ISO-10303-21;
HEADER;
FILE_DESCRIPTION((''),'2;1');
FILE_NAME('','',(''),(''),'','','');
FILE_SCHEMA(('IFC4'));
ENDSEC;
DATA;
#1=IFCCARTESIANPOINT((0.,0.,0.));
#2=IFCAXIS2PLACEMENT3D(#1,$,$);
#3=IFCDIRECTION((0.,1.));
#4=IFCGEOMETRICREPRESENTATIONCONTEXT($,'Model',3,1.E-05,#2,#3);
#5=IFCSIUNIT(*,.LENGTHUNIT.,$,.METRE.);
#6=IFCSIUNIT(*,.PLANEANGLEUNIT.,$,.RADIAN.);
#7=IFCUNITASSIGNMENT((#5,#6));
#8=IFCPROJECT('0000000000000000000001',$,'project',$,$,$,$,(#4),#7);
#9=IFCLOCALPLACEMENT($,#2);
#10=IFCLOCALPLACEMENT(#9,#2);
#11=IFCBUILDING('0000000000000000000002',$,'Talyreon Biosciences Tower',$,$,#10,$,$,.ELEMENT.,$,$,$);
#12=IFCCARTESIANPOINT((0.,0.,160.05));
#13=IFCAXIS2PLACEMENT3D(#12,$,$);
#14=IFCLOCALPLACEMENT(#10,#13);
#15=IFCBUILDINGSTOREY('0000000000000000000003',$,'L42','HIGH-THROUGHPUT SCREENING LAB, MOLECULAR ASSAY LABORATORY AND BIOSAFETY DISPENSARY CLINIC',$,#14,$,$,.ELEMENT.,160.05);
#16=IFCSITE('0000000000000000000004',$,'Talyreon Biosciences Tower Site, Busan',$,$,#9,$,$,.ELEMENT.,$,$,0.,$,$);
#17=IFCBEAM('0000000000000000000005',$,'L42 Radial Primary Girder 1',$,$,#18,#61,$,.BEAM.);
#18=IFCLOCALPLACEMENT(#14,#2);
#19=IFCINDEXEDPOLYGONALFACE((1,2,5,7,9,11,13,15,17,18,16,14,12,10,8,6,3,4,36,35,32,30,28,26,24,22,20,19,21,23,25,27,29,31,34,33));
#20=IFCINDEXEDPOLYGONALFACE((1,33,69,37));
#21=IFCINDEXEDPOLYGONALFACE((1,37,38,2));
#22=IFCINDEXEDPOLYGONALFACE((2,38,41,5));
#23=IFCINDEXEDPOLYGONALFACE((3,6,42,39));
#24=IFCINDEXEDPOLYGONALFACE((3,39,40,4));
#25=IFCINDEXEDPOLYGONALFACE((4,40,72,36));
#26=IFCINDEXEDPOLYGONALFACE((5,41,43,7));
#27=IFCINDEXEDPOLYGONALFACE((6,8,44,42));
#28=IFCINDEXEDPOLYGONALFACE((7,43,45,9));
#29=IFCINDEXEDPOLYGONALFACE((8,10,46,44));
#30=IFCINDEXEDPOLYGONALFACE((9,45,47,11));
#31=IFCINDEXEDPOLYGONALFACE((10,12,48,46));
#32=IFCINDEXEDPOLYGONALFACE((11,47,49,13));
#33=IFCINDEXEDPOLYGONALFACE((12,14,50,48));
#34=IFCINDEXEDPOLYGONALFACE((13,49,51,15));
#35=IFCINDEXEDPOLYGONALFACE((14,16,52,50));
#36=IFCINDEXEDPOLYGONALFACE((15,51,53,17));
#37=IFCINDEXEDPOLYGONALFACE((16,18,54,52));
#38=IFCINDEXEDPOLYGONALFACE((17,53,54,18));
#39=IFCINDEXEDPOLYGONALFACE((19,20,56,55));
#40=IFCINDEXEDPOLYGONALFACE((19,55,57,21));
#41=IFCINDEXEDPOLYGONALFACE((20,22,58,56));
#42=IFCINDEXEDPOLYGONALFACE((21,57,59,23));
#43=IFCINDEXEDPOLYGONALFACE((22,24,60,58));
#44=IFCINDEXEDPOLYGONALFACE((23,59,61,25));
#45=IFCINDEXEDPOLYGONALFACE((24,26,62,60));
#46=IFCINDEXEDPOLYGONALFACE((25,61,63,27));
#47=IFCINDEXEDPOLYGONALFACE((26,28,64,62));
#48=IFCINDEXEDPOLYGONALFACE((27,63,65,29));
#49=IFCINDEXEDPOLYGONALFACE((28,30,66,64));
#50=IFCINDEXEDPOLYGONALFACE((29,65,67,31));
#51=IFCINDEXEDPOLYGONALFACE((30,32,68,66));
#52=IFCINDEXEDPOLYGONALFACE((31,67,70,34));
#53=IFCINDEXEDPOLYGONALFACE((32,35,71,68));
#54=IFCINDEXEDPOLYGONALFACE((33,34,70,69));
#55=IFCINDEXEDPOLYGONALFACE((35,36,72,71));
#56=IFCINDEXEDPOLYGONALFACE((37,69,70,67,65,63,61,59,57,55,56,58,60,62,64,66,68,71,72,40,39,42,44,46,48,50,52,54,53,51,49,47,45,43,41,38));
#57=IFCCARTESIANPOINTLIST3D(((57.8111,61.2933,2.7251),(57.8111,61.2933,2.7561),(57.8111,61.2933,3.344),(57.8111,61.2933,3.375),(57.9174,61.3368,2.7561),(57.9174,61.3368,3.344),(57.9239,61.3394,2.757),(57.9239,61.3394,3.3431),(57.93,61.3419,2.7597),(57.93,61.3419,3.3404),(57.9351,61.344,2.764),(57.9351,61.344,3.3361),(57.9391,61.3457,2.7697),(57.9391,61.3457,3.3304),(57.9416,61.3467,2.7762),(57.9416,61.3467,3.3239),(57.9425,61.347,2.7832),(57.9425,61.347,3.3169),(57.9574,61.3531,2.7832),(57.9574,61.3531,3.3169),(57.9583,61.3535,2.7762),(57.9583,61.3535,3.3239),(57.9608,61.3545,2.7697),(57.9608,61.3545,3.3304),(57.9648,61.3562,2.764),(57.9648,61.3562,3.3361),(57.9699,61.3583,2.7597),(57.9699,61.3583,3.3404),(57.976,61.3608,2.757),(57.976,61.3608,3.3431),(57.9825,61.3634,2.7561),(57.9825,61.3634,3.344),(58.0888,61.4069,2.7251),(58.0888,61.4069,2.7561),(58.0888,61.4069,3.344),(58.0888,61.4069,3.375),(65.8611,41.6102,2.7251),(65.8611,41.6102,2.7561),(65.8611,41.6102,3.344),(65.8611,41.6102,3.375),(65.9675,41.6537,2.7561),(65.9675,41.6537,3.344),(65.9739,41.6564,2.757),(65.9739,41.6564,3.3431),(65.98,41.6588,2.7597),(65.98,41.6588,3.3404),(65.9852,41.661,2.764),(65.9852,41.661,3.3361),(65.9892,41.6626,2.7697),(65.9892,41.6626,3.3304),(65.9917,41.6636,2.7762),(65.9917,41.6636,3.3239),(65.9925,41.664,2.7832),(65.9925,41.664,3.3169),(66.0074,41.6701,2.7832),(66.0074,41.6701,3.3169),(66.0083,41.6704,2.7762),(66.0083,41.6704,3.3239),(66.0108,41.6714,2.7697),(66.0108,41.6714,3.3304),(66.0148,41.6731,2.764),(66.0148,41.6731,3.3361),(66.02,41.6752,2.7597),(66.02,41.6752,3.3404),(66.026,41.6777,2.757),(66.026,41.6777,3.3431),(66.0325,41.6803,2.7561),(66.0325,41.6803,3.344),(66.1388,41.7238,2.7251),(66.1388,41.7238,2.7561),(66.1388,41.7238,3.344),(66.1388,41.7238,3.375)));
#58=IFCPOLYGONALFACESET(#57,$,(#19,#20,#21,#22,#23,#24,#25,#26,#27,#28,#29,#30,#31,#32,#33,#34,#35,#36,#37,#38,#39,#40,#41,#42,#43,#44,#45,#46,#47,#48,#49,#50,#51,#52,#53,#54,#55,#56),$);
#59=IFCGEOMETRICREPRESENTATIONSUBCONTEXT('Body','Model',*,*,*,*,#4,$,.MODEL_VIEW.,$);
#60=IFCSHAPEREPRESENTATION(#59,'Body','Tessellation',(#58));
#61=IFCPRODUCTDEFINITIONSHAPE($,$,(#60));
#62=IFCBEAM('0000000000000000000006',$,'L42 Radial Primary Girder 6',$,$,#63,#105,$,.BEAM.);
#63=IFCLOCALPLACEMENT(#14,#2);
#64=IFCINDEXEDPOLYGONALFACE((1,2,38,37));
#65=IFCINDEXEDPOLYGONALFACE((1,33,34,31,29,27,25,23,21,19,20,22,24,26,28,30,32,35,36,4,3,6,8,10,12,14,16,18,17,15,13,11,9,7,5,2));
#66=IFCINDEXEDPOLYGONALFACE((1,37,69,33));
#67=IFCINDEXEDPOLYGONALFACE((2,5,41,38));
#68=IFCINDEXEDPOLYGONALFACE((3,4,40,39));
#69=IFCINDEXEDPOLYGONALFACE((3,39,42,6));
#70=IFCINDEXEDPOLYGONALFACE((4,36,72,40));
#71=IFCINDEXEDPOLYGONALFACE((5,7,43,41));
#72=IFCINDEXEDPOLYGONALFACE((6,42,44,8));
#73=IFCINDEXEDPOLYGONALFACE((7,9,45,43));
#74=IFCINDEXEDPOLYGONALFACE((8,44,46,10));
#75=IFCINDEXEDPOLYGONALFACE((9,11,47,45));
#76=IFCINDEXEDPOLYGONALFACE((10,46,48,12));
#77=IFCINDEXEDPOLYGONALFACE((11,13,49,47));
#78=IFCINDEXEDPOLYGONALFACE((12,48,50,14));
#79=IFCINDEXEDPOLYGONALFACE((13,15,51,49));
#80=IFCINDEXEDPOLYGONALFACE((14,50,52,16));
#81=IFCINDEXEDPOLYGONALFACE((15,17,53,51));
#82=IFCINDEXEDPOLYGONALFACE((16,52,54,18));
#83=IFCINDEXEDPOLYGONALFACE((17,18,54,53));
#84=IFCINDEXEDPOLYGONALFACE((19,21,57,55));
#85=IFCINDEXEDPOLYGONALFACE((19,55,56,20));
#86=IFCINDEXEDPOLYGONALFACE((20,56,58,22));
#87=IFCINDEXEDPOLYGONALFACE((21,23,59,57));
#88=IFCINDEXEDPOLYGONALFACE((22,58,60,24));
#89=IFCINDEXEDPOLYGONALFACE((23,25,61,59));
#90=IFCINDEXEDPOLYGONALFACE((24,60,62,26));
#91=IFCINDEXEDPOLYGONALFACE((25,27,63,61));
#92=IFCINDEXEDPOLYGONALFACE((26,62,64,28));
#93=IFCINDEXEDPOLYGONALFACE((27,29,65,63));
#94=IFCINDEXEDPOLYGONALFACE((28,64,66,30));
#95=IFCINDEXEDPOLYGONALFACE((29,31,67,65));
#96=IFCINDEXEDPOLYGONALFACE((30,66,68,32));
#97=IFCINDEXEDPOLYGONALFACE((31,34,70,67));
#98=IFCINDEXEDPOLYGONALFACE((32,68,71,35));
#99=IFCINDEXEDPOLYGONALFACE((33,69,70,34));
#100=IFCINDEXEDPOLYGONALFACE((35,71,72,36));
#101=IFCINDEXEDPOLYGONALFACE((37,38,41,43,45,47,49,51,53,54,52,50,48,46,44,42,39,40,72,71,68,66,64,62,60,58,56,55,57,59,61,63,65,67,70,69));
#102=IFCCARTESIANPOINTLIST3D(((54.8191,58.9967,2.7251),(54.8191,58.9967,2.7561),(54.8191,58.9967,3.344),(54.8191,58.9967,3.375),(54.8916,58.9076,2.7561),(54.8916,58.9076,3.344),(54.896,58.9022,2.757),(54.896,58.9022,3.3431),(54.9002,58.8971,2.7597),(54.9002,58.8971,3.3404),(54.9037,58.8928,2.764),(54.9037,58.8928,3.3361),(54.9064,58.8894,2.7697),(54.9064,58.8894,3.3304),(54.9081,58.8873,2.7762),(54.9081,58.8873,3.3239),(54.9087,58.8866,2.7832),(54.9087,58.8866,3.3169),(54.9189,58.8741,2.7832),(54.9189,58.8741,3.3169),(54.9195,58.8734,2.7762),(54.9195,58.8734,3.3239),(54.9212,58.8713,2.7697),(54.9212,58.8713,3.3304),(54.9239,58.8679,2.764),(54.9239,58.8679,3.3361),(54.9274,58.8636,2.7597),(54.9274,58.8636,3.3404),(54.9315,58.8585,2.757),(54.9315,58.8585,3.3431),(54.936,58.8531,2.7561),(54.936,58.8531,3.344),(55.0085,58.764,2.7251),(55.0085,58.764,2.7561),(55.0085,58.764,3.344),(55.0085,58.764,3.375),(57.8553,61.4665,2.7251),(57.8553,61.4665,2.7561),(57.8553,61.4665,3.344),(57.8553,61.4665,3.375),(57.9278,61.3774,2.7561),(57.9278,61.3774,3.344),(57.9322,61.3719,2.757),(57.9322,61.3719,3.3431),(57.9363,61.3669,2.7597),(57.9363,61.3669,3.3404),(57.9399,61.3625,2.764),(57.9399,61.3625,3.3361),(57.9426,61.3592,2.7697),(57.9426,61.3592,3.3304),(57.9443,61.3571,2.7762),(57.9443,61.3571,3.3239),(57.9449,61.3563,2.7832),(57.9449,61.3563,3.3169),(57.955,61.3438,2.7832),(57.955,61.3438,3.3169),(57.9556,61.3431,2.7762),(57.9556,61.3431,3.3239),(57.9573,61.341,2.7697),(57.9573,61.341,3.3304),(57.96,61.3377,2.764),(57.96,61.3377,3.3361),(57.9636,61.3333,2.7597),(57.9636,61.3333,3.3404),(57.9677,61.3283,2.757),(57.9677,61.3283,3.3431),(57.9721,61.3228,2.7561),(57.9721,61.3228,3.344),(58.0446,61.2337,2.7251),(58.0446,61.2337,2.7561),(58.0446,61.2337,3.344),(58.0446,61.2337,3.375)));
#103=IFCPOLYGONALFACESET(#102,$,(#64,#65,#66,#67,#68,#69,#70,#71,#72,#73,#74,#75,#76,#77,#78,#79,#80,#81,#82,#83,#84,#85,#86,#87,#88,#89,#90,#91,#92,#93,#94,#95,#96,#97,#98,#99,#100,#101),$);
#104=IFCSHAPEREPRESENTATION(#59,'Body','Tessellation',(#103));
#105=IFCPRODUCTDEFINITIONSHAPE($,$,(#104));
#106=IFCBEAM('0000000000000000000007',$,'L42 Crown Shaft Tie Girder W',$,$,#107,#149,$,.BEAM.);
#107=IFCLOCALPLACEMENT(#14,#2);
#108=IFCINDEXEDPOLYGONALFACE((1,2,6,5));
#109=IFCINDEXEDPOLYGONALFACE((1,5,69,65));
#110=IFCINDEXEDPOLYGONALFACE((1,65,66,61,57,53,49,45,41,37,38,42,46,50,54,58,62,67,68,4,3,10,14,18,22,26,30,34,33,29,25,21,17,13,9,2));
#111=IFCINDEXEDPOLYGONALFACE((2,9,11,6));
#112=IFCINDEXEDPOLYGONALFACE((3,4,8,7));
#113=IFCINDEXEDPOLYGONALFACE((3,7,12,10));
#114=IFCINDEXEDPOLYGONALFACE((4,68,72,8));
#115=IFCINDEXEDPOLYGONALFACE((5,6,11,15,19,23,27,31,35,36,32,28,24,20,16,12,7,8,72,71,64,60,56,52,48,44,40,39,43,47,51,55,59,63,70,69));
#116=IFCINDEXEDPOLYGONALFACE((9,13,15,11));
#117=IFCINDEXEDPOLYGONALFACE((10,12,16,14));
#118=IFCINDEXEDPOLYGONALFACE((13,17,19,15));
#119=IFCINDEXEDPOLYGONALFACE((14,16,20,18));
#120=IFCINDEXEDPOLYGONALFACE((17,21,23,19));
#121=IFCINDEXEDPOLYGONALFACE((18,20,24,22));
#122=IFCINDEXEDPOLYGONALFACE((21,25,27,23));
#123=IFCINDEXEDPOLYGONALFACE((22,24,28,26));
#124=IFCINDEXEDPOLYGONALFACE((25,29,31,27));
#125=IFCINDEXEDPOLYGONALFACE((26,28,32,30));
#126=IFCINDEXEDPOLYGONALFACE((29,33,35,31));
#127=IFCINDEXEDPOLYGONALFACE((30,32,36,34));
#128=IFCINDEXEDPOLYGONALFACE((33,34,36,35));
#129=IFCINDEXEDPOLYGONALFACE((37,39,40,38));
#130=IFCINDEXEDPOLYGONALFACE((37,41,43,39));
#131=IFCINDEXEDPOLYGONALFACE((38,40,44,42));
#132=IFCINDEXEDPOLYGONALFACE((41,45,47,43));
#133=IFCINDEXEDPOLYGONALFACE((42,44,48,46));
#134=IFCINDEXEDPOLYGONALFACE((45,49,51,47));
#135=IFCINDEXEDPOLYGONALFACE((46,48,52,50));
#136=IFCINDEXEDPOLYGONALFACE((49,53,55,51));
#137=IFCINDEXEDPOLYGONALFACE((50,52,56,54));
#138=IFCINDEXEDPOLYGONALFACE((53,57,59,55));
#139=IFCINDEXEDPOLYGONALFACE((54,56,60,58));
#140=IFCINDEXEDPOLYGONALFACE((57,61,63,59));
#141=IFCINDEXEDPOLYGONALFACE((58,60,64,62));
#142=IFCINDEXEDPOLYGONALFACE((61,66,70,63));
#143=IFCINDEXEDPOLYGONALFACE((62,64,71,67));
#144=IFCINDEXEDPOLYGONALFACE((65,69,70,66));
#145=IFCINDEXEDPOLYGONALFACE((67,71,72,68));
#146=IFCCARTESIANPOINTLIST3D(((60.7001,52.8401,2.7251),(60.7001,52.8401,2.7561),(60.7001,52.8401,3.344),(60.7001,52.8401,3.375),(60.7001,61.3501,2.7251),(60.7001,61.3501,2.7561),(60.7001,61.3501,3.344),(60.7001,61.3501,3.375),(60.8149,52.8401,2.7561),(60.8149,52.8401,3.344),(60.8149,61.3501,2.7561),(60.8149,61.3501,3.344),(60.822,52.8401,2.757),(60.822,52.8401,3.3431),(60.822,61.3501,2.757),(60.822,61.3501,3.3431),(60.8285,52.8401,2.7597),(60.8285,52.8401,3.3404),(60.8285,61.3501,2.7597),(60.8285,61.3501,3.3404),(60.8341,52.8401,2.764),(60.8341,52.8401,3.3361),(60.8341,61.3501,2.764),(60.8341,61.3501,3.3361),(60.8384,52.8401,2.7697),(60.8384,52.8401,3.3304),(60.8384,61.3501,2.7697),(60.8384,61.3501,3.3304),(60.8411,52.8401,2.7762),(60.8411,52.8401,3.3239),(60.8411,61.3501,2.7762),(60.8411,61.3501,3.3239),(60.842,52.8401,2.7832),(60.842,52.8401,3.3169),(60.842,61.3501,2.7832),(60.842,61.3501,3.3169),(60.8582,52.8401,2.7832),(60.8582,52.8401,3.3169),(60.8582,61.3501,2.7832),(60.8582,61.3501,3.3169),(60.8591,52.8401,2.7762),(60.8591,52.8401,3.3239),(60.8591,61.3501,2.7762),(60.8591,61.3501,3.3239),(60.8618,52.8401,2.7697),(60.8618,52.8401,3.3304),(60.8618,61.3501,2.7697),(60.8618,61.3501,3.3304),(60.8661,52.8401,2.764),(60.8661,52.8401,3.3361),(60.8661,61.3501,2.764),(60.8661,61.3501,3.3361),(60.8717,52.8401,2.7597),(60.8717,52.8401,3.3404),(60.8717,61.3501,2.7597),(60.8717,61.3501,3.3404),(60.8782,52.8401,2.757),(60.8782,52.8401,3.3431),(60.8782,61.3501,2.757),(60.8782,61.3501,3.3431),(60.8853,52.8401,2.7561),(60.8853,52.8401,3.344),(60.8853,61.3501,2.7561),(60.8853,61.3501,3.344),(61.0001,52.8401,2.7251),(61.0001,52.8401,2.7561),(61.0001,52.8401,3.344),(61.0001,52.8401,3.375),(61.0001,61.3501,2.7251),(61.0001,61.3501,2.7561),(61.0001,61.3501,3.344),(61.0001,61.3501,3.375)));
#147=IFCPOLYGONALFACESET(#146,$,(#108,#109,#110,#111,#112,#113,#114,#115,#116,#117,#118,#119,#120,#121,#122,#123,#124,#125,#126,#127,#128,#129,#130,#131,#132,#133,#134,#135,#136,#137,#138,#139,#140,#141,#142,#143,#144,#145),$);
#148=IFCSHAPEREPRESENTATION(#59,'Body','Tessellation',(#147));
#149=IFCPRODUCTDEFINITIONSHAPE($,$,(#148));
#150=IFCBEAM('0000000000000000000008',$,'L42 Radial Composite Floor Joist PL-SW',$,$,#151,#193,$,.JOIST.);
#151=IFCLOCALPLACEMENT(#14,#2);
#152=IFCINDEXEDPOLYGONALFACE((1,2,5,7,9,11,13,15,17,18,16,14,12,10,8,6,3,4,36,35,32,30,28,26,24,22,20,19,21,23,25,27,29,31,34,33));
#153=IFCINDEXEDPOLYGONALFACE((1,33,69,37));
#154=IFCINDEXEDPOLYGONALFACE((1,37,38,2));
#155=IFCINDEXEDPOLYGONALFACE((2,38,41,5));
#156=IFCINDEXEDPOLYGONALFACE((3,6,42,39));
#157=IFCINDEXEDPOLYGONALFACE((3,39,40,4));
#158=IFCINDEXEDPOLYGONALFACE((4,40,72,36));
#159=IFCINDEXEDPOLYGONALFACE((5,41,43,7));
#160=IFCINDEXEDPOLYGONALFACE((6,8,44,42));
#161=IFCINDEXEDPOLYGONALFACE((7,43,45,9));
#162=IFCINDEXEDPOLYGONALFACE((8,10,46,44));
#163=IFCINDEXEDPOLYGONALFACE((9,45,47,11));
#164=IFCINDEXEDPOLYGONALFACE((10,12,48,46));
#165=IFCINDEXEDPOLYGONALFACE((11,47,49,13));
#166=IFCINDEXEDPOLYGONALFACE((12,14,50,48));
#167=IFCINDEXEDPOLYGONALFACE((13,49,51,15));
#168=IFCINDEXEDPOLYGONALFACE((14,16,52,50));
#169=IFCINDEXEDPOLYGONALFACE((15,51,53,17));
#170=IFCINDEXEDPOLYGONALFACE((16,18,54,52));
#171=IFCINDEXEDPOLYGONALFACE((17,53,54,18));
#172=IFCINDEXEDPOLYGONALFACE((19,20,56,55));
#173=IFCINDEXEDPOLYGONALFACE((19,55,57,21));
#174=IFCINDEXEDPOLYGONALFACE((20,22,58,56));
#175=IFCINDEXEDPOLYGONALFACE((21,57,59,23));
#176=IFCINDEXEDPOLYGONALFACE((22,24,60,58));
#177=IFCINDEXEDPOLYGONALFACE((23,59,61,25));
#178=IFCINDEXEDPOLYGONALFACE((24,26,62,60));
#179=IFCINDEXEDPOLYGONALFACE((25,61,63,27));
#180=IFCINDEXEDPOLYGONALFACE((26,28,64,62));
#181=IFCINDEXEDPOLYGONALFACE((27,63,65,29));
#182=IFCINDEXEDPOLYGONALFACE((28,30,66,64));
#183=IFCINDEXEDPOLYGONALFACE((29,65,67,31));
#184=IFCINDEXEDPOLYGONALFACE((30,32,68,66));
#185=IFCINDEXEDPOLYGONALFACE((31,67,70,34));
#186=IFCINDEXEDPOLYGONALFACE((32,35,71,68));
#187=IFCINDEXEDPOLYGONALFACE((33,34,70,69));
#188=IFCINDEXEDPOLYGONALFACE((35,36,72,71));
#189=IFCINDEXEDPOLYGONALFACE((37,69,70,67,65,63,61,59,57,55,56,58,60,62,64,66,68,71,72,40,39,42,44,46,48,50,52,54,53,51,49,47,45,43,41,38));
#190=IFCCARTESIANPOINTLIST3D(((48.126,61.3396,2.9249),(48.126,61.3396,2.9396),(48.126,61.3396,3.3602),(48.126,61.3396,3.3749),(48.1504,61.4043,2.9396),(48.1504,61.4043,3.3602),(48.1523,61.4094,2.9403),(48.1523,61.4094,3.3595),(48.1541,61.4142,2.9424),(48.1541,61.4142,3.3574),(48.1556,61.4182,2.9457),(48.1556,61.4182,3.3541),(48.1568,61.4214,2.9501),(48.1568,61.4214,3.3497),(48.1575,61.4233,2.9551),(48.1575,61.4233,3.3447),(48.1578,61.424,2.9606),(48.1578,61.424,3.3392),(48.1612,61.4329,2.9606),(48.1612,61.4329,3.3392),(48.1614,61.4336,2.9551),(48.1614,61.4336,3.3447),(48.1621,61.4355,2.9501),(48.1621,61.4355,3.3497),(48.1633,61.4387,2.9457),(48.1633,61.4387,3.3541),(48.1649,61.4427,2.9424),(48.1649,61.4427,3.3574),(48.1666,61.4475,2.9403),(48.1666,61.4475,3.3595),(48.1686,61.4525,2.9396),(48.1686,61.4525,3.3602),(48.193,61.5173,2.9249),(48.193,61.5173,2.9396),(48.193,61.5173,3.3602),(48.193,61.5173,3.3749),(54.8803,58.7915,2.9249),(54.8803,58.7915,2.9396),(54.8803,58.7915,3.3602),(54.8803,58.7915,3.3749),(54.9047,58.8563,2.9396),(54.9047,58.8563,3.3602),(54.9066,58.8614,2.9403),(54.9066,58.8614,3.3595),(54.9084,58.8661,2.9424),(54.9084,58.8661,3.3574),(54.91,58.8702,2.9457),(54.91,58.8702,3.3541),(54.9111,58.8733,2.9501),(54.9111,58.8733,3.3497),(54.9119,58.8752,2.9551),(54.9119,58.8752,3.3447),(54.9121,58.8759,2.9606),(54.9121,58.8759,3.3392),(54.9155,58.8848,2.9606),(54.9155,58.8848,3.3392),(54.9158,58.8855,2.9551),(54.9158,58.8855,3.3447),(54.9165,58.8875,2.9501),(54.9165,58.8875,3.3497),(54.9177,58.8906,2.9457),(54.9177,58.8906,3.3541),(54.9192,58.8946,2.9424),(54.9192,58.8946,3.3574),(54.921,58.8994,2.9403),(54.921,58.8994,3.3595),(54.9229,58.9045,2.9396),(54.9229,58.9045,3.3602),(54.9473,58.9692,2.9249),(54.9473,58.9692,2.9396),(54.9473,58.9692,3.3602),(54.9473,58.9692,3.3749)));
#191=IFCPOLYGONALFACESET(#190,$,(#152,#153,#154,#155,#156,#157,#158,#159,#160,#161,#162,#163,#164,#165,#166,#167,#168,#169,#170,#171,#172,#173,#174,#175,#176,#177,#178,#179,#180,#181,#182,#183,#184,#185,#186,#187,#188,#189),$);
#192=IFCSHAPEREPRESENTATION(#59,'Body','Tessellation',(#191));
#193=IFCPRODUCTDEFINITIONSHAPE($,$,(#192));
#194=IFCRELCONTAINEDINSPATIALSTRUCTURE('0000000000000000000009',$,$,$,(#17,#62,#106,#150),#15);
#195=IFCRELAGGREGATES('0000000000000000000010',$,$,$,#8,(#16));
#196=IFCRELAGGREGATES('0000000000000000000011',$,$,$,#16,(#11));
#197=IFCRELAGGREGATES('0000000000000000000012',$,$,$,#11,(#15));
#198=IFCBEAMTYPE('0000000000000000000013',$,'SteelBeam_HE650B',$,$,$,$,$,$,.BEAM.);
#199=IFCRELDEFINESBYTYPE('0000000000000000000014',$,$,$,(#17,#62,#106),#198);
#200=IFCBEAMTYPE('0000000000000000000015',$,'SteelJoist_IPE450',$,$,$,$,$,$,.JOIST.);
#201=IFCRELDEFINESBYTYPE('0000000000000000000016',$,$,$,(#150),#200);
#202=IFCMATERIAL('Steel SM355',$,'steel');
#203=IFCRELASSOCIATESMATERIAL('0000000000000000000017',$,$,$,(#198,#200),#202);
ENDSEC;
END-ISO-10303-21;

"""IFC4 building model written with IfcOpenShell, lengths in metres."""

from ifc_helpers import new_model, si_unit, direction, frame, origin, origin_2d, place, context, subcontext, project, spatial, i_section, extrude, material, material_profile, profile_set, type_object, element, save


model = new_model("IFC4")

# Units and contexts
model_context = context("Model", 3, precision=1e-05, world=origin(), true_north=direction((0.0, 1.0)))
body_context = subcontext(model_context, "Body", "Model", "MODEL_VIEW")
ifc_project = project(units=[si_unit("LENGTHUNIT", "METRE"), si_unit("PLANEANGLEUNIT", "RADIAN")], contexts=[model_context])

# Site, building, storey
site_placement = place(None, origin())
site = spatial("IfcSite", under=ifc_project, at=site_placement, Name="Talyreon Biosciences Tower Site, Busan", CompositionType="ELEMENT", RefElevation=0.0)
building_placement = place(site_placement, origin())
building = spatial("IfcBuilding", under=site, at=building_placement, Name="Talyreon Biosciences Tower", CompositionType="ELEMENT")
storey_placement = place(building_placement, frame((0.0, 0.0, 160.05)))
storey = spatial("IfcBuildingStorey", under=building, at=storey_placement, Name="L42", Description="HIGH-THROUGHPUT SCREENING LAB, MOLECULAR ASSAY LABORATORY AND BIOSAFETY DISPENSARY CLINIC", CompositionType="ELEMENT", Elevation=160.05)

# Beams
ifc_material_1 = material(Name="Steel SM355", Category="steel")
ifc_material_profile_1 = material_profile(ifc_material_1, i_section(OverallWidth=0.3, OverallDepth=0.6499, WebThickness=0.0161, FlangeThickness=0.031, FilletRadius=0.0271, at=origin_2d()), Name="HE650B")
ifc_profile_set_1 = profile_set([ifc_material_profile_1], Name="Steel SM355")
beam_type_1 = type_object("IfcBeamType", Name="SteelBeam_HE650B", PredefinedType="BEAM", material=ifc_profile_set_1)
beam_1_placement = place(storey_placement, frame((57.95, 61.3501, 3.05), z_axis=(0.378547, -0.925582, 0.0), x_axis=(0.925582, 0.378547, 0.0)))
element("IfcBeam", 1, at=beam_1_placement, inside=storey, type_object=beam_type_1, Name="L42 Radial Primary Girder 1", PredefinedType="BEAM", context=body_context, shape_type="SweptSolid", body=[
    extrude(i_section(OverallWidth=0.3, OverallDepth=0.6499, WebThickness=0.0161, FlangeThickness=0.031, FilletRadius=0.0271, at=origin_2d()), origin(), (0.0, 0.0, 1.0), 21.2656),
])
beam_2_placement = place(storey_placement, frame((57.95, 61.3501, 3.05), z_axis=(-0.775755, -0.631034, 0.0), x_axis=(0.631034, -0.775755, 0.0)))
element("IfcBeam", 2, at=beam_2_placement, inside=storey, type_object=beam_type_1, Name="L42 Radial Primary Girder 6", PredefinedType="BEAM", context=body_context, shape_type="SweptSolid", body=[
    extrude(i_section(OverallWidth=0.3, OverallDepth=0.6499, WebThickness=0.0161, FlangeThickness=0.031, FilletRadius=0.0271, at=origin_2d()), origin(), (0.0, 0.0, 1.0), 3.9138),
])
beam_3_placement = place(storey_placement, frame((60.8501, 52.8401, 3.05), z_axis=(0.0, 1.0, 0.0), x_axis=(-1.0, 0.0, 0.0)))
element("IfcBeam", 3, at=beam_3_placement, inside=storey, type_object=beam_type_1, Name="L42 Crown Shaft Tie Girder W", PredefinedType="BEAM", context=body_context, shape_type="SweptSolid", body=[
    extrude(i_section(OverallWidth=0.3, OverallDepth=0.6499, WebThickness=0.0161, FlangeThickness=0.031, FilletRadius=0.0271, at=origin_2d()), origin(), (0.0, 0.0, 1.0), 8.51),
])
ifc_material_profile_2 = material_profile(ifc_material_1, i_section(OverallWidth=0.1899, OverallDepth=0.45, WebThickness=0.0095, FlangeThickness=0.0146, FilletRadius=0.021, at=origin_2d()), Name="IPE450")
ifc_profile_set_2 = profile_set([ifc_material_profile_2], Name="Steel SM355")
beam_type_2 = type_object("IfcBeamType", Name="SteelJoist_IPE450", PredefinedType="JOIST", material=ifc_profile_set_2)
beam_4_placement = place(storey_placement, frame((54.9138, 58.8804, 3.1499), z_axis=(-0.935635, 0.352968, 0.0), x_axis=(-0.352968, -0.935635, 0.0)))
element("IfcBeam", 4, at=beam_4_placement, inside=storey, type_object=beam_type_2, Name="L42 Radial Composite Floor Joist PL-SW", PredefinedType="JOIST", context=body_context, shape_type="SweptSolid", body=[
    extrude(i_section(OverallWidth=0.1899, OverallDepth=0.45, WebThickness=0.0095, FlangeThickness=0.0146, FilletRadius=0.021, at=origin_2d()), origin(), (0.0, 0.0, 1.0), 7.219),
])

save(model, "model.ifc")
